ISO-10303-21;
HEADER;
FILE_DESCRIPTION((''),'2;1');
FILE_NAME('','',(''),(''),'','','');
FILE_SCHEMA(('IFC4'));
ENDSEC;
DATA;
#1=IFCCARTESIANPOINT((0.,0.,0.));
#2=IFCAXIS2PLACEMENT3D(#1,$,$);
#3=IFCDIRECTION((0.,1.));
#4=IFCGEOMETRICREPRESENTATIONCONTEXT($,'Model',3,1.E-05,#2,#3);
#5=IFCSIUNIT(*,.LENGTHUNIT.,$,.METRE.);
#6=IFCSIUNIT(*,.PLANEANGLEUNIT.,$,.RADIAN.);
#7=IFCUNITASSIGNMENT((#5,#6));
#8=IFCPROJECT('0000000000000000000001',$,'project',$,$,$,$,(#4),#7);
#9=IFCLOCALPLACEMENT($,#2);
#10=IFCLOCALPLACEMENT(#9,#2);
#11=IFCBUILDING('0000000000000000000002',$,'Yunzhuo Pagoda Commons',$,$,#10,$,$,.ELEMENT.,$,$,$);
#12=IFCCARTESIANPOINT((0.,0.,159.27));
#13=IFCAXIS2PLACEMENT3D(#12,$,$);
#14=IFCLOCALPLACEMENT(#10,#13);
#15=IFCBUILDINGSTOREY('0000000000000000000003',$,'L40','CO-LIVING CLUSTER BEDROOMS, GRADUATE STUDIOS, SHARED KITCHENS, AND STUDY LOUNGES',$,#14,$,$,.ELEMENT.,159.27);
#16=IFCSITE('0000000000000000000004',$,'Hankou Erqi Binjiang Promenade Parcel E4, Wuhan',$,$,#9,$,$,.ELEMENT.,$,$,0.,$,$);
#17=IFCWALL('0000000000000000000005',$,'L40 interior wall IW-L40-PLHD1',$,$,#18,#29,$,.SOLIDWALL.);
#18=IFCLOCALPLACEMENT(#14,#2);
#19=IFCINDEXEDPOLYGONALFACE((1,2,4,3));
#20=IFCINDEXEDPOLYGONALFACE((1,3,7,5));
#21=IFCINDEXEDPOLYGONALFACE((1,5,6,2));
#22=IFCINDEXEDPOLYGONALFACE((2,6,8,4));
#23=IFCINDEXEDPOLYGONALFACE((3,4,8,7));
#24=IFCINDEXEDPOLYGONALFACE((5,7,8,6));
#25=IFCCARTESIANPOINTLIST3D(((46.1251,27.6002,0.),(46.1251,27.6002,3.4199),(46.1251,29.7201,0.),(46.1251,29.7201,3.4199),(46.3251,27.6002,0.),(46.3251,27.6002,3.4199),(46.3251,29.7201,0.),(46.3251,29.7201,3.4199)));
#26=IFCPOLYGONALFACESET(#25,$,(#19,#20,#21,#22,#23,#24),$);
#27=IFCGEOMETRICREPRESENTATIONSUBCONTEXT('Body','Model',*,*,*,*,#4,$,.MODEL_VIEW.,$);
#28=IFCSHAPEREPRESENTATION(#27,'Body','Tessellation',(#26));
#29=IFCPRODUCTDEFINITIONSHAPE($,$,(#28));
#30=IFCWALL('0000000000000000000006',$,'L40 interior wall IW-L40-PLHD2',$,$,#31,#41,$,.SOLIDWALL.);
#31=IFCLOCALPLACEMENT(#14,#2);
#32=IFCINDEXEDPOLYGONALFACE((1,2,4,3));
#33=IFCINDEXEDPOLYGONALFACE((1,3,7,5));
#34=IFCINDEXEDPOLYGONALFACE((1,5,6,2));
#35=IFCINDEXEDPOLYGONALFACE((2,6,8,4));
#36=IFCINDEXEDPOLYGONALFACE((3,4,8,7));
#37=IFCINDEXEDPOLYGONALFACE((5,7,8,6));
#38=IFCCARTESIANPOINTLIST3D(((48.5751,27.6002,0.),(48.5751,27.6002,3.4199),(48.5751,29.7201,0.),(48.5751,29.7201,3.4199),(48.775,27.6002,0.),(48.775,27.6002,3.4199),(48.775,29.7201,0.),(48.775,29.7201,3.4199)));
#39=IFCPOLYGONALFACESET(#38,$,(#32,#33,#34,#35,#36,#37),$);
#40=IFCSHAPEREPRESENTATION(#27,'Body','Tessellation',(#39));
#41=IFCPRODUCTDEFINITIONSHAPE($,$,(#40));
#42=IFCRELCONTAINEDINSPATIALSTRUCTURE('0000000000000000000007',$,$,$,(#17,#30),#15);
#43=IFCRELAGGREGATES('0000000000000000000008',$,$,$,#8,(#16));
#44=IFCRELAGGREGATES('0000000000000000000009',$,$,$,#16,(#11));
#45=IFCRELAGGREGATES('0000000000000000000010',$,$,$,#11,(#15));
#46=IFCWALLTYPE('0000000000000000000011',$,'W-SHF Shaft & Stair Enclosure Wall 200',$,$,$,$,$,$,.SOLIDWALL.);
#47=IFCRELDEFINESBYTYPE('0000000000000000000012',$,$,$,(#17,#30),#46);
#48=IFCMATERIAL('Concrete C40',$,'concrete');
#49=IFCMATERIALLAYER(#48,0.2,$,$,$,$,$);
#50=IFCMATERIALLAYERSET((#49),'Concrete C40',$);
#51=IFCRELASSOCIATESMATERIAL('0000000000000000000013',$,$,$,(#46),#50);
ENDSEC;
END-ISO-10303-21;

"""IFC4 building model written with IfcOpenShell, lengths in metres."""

from ifc_helpers import new_model, si_unit, direction, frame, frame_2d, origin, place, context, subcontext, project, spatial, rectangle, extrude, material, layer, layer_set, type_object, element, save


model = new_model("IFC4")

# Units and contexts
model_context = context("Model", 3, precision=1e-05, world=origin(), true_north=direction((0.0, 1.0)))
body_context = subcontext(model_context, "Body", "Model", "MODEL_VIEW")
ifc_project = project(units=[si_unit("LENGTHUNIT", "METRE"), si_unit("PLANEANGLEUNIT", "RADIAN")], contexts=[model_context])

# Site, building, storey
site_placement = place(None, origin())
site = spatial("IfcSite", under=ifc_project, at=site_placement, Name="Hankou Erqi Binjiang Promenade Parcel E4, Wuhan", CompositionType="ELEMENT", RefElevation=0.0)
building_placement = place(site_placement, origin())
building = spatial("IfcBuilding", under=site, at=building_placement, Name="Yunzhuo Pagoda Commons", CompositionType="ELEMENT")
storey_placement = place(building_placement, frame((0.0, 0.0, 159.27)))
storey = spatial("IfcBuildingStorey", under=building, at=storey_placement, Name="L40", Description="CO-LIVING CLUSTER BEDROOMS, GRADUATE STUDIOS, SHARED KITCHENS, AND STUDY LOUNGES", CompositionType="ELEMENT", Elevation=159.27)

# Walls
ifc_material_1 = material(Name="Concrete C40", Category="concrete")
ifc_layer_1 = layer(ifc_material_1, 0.2)
ifc_layer_set_1 = layer_set([ifc_layer_1], Name="Concrete C40")
wall_type_1 = type_object("IfcWallType", Name="W-SHF Shaft & Stair Enclosure Wall 200", PredefinedType="SOLIDWALL", material=ifc_layer_set_1)
for number, where, z_axis, x_axis, name in (
    (1, (46.2251, 27.6001, 0.0), (0.0, 0.0, 1.0), (0.0, 1.0, 0.0), "L40 interior wall IW-L40-PLHD1"),
    (2, (48.675, 27.6001, 0.0), (0.0, 0.0, 1.0), (0.0, 1.0, 0.0), "L40 interior wall IW-L40-PLHD2"),
):
    element("IfcWall", number, at=place(storey_placement, frame(where, z_axis=z_axis, x_axis=x_axis)), inside=storey, type_object=wall_type_1, Name=name, PredefinedType="SOLIDWALL", context=body_context, shape_type="SweptSolid", body=[
        extrude(rectangle(XDim=2.1199, YDim=0.2, at=frame_2d((1.0601, 0.0))), origin(), (0.0, 0.0, 1.0), 3.4199),
    ])

save(model, "model.ifc")
